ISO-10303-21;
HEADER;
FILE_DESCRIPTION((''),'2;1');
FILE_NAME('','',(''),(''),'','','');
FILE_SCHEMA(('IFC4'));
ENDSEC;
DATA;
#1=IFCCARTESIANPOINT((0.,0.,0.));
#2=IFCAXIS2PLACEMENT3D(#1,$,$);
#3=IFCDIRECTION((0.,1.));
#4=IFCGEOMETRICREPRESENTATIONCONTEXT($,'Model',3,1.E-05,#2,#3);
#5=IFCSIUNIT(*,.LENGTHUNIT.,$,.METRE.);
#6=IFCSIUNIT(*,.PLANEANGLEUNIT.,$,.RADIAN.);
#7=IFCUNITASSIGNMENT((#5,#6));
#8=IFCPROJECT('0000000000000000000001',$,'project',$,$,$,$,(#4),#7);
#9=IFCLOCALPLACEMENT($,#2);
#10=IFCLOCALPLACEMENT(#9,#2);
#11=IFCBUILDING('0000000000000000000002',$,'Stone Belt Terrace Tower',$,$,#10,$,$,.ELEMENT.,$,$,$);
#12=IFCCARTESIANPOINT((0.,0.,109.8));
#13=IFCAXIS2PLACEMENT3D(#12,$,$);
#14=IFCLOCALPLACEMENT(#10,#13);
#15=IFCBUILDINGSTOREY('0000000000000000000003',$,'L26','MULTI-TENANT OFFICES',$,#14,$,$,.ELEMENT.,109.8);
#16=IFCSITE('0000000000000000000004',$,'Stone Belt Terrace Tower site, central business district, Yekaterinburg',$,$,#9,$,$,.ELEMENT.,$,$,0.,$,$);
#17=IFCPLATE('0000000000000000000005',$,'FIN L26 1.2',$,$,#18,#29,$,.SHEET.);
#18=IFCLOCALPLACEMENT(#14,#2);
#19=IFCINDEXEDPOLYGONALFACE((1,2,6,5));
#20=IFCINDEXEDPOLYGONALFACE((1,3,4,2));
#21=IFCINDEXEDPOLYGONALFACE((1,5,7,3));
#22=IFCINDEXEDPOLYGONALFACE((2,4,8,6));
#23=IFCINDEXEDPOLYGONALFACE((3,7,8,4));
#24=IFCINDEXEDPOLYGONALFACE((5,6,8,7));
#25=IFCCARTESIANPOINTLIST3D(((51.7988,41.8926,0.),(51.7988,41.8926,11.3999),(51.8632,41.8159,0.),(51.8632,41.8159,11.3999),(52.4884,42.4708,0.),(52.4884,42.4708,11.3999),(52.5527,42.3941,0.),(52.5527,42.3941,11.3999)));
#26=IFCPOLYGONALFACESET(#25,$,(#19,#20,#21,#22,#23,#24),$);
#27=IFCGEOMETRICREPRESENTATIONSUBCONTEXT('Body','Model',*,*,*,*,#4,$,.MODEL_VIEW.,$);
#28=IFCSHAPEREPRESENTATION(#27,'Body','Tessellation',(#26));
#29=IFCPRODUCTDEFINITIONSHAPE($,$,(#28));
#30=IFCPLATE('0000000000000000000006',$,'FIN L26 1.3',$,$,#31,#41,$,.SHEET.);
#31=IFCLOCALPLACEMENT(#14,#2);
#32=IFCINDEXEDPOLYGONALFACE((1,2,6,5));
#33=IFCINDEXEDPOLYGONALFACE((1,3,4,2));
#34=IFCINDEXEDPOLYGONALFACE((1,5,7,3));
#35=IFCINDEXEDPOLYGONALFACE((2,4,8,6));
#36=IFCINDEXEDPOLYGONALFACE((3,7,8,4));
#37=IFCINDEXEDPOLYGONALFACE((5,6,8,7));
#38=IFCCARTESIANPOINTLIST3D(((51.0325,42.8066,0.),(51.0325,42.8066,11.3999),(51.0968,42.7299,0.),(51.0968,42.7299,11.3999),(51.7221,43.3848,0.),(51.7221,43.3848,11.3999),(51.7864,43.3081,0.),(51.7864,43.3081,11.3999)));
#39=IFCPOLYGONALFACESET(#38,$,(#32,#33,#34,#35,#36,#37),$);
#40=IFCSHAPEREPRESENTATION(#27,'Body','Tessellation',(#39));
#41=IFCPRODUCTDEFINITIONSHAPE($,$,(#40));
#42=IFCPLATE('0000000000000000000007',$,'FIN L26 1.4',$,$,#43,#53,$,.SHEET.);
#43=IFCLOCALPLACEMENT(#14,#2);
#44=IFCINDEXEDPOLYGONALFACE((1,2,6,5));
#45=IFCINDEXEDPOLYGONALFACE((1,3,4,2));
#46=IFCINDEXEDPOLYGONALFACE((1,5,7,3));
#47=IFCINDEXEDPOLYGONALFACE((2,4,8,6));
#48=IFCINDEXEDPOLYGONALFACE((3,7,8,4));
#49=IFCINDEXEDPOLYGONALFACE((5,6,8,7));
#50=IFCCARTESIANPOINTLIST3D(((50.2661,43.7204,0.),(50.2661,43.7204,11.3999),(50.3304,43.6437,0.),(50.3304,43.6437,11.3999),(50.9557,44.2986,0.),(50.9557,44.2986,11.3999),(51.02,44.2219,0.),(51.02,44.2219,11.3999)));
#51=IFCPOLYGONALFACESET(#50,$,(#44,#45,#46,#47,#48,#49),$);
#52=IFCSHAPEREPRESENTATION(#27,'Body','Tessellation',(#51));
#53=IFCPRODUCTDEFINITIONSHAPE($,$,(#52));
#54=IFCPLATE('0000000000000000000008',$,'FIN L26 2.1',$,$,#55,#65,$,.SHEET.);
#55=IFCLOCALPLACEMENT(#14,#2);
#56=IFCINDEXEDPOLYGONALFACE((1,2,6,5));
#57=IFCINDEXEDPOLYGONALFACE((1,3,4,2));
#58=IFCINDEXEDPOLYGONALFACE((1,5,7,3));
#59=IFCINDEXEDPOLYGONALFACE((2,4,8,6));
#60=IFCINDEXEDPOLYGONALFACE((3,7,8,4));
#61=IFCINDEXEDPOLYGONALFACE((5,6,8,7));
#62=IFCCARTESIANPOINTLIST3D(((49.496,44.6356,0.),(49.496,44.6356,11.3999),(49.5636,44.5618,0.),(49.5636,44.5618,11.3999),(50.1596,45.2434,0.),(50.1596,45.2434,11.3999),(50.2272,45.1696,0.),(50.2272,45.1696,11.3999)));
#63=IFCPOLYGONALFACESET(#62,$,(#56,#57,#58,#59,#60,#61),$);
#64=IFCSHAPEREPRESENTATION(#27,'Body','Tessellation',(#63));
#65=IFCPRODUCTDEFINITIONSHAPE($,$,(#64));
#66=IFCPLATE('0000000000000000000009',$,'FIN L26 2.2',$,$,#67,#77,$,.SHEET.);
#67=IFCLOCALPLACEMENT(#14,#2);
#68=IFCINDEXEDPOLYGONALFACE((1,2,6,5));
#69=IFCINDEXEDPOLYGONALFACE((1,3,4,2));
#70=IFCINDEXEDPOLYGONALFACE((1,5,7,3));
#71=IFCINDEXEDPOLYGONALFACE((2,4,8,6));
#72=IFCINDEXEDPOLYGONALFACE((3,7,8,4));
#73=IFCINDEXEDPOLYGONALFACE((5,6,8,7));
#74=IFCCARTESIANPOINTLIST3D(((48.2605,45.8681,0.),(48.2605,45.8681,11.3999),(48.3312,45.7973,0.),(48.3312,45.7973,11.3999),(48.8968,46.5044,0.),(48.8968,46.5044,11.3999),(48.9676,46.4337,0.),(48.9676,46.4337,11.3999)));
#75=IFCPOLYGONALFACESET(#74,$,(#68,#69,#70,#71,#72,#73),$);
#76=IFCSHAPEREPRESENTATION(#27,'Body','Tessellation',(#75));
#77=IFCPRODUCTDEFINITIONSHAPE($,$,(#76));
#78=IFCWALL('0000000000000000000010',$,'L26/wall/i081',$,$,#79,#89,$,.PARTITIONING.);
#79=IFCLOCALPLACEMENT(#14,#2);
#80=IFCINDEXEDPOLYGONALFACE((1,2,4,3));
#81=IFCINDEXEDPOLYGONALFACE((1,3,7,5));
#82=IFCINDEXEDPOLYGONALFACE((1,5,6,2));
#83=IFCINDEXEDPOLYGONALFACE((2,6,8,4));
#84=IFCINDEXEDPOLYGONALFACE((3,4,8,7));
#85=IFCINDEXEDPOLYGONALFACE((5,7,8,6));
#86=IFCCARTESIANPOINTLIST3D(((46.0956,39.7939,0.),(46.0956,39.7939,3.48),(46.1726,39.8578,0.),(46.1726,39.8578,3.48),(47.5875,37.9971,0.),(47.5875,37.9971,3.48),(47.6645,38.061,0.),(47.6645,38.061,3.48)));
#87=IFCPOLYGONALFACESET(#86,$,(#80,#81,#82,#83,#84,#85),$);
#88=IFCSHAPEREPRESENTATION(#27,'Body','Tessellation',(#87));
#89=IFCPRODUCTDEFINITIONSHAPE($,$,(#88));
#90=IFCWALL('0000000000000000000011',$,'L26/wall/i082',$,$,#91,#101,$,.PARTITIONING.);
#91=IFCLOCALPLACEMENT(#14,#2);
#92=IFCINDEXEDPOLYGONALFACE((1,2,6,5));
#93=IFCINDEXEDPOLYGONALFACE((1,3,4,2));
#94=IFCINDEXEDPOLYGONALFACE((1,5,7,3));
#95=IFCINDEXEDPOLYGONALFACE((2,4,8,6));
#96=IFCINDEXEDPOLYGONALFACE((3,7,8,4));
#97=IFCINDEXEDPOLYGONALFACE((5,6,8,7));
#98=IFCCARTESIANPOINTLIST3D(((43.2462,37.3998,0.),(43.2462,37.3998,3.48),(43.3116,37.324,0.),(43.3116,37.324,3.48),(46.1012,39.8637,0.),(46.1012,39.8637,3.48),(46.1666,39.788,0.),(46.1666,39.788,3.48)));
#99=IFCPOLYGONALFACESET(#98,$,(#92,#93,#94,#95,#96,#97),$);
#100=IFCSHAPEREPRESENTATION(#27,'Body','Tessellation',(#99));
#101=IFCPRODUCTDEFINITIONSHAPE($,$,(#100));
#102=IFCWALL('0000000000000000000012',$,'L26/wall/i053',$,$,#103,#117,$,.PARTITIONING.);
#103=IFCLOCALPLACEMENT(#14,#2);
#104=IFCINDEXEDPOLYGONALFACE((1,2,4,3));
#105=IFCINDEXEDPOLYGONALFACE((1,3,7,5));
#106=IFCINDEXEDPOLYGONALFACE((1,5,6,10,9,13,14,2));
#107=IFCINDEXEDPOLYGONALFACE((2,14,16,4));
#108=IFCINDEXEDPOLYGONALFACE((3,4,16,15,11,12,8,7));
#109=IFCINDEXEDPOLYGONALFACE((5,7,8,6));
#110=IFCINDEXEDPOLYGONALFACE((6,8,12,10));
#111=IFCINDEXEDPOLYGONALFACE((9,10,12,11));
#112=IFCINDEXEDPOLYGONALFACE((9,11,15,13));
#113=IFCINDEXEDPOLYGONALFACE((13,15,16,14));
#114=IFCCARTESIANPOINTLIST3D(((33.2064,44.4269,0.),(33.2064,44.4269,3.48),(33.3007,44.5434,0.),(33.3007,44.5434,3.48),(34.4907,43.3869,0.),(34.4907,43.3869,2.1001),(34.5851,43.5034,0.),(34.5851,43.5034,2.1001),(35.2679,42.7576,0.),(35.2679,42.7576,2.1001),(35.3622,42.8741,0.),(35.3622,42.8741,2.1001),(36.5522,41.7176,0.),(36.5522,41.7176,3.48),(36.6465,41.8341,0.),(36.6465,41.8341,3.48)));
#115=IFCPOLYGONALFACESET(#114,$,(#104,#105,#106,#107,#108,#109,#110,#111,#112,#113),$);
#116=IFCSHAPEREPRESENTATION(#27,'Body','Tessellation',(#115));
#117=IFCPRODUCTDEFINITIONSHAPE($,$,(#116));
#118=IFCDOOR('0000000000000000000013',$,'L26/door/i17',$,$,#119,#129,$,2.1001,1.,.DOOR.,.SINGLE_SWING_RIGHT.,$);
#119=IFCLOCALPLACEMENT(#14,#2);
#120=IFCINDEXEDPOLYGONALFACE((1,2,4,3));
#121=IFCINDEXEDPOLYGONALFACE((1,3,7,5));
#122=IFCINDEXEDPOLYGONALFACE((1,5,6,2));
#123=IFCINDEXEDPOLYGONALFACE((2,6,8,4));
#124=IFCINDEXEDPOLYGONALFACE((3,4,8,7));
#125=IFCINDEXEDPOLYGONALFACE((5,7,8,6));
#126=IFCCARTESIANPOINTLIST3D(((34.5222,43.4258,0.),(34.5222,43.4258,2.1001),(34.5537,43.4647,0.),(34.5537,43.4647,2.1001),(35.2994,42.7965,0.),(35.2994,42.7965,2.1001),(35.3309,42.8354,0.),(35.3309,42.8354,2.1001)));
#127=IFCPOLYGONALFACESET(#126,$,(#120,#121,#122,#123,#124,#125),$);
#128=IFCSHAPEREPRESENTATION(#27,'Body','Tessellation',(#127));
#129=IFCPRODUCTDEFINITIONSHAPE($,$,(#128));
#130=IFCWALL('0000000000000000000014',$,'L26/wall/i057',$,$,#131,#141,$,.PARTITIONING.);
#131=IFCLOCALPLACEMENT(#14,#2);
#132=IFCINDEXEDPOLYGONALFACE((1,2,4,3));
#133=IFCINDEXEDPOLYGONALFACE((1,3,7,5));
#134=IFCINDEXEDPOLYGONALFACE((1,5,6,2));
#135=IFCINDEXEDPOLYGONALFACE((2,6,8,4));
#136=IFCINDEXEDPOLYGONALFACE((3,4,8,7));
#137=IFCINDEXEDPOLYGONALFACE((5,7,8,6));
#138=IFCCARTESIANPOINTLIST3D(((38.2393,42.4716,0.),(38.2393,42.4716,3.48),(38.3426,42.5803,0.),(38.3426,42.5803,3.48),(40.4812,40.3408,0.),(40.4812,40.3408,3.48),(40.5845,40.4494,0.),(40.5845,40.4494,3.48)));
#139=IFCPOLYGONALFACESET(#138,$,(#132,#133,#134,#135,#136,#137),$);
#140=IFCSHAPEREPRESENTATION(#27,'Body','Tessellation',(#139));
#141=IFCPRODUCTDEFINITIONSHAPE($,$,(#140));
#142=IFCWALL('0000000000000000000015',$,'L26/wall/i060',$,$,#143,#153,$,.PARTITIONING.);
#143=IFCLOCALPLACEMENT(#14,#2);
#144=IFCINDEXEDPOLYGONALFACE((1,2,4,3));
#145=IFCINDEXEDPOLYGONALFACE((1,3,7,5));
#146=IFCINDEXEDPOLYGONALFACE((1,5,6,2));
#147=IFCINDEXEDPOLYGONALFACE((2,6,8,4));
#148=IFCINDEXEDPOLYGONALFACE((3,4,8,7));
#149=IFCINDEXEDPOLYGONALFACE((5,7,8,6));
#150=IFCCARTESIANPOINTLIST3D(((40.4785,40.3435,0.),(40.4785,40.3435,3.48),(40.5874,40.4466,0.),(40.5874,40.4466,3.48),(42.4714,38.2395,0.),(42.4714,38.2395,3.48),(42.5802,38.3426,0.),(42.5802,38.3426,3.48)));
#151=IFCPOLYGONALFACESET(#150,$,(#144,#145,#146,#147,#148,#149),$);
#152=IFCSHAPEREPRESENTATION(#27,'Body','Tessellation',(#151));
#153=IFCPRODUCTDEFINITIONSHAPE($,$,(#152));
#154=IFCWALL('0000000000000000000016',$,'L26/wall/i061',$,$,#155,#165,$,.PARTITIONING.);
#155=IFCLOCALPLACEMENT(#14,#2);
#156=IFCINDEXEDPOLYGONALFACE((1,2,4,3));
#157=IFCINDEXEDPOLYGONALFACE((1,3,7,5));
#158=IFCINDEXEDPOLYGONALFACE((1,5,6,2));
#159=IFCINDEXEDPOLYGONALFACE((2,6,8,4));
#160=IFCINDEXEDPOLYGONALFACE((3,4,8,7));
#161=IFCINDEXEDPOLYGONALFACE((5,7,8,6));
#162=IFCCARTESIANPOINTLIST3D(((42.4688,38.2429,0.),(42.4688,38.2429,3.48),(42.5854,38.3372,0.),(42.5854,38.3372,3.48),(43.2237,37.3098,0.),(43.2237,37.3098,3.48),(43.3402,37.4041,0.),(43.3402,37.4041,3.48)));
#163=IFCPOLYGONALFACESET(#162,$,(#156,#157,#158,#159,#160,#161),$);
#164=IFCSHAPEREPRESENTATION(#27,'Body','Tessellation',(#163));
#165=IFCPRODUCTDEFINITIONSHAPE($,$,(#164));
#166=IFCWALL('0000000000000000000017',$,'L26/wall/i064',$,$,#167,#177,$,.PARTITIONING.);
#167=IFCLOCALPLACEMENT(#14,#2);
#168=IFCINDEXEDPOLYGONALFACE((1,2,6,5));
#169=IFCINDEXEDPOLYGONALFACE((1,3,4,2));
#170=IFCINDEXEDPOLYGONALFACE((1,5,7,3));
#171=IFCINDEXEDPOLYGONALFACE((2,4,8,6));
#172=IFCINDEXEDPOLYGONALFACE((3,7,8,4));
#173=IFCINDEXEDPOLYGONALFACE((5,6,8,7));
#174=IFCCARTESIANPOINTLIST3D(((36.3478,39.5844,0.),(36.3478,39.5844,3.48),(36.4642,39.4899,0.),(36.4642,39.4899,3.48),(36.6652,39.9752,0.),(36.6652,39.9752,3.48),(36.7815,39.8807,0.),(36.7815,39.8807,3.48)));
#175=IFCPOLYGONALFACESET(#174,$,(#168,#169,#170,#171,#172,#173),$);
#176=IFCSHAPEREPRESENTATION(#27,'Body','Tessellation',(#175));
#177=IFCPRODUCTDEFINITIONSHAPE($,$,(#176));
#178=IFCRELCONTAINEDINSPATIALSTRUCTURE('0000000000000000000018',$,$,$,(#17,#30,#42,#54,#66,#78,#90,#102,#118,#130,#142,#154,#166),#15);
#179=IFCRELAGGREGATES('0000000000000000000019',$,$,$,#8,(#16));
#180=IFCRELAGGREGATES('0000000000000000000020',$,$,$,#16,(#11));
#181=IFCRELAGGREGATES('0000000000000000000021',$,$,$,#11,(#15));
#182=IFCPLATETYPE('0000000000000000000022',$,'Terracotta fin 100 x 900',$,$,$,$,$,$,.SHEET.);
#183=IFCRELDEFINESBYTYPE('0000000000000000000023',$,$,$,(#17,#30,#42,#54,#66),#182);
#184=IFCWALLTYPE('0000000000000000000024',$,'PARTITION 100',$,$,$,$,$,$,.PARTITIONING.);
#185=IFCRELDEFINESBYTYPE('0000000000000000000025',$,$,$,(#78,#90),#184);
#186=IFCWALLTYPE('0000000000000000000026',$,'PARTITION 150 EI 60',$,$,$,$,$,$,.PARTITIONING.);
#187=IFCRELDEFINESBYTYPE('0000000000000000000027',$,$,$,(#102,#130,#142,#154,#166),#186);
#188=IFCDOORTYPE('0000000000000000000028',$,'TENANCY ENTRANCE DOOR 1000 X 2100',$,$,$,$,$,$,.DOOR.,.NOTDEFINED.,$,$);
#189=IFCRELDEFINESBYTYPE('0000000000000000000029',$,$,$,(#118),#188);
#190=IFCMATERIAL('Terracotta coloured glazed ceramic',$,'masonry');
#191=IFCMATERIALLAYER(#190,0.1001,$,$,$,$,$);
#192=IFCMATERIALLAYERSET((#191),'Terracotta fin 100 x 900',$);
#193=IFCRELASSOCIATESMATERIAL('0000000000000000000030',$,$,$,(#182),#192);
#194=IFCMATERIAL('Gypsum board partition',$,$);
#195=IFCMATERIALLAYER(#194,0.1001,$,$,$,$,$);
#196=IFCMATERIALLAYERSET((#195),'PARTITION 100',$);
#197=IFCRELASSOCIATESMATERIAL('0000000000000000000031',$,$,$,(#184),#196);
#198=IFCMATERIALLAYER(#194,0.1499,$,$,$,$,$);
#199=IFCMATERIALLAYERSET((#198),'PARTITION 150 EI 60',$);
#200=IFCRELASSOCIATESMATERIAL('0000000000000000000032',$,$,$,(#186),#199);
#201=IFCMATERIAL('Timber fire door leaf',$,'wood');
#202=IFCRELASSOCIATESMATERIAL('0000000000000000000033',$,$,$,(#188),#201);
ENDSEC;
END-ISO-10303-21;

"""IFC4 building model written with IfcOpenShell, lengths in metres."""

from ifc_helpers import new_model, si_unit, direction, frame, frame_2d, origin, origin_2d, place, context, subcontext, project, spatial, rectangle, extrude, material, layer, layer_set, type_object, element, fill, save


model = new_model("IFC4")

# Units and contexts
model_context = context("Model", 3, precision=1e-05, world=origin(), true_north=direction((0.0, 1.0)))
body_context = subcontext(model_context, "Body", "Model", "MODEL_VIEW")
ifc_project = project(units=[si_unit("LENGTHUNIT", "METRE"), si_unit("PLANEANGLEUNIT", "RADIAN")], contexts=[model_context])

# Site, building, storey
site_placement = place(None, origin())
site = spatial("IfcSite", under=ifc_project, at=site_placement, Name="Stone Belt Terrace Tower site, central business district, Yekaterinburg", CompositionType="ELEMENT", RefElevation=0.0)
building_placement = place(site_placement, origin())
building = spatial("IfcBuilding", under=site, at=building_placement, Name="Stone Belt Terrace Tower", CompositionType="ELEMENT")
storey_placement = place(building_placement, frame((0.0, 0.0, 109.8)))
storey = spatial("IfcBuildingStorey", under=building, at=storey_placement, Name="L26", Description="MULTI-TENANT OFFICES", CompositionType="ELEMENT", Elevation=109.8)

# Plates
ifc_material_1 = material(Name="Terracotta coloured glazed ceramic", Category="masonry")
ifc_layer_1 = layer(ifc_material_1, 0.1001)
ifc_layer_set_1 = layer_set([ifc_layer_1], Name="Terracotta fin 100 x 900")
plate_type_1 = type_object("IfcPlateType", Name="Terracotta fin 100 x 900", PredefinedType="SHEET", material=ifc_layer_set_1)
for number, where, z_axis, x_axis, name in (
    (1, (52.1758, 42.1433, 0.0), (0.0, 0.0, 1.0), (0.766278, 0.642509, 0.0), "FIN L26 1.2"),
    (2, (51.4094, 43.0574, 0.0), (0.0, 0.0, 1.0), (0.766278, 0.642509, 0.0), "FIN L26 1.3"),
    (3, (50.6431, 43.9712, 0.0), (0.0, 0.0, 1.0), (0.766278, 0.642509, 0.0), "FIN L26 1.4"),
    (4, (49.8616, 44.9026, 0.0), (0.0, 0.0, 1.0), (0.7374, 0.675456, 0.0), "FIN L26 2.1"),
    (5, (48.614, 46.1509, 0.0), (0.0, 0.0, 1.0), (0.707107, 0.707107, 0.0), "FIN L26 2.2"),
):
    element("IfcPlate", number, at=place(storey_placement, frame(where, z_axis=z_axis, x_axis=x_axis)), inside=storey, type_object=plate_type_1, Name=name, PredefinedType="SHEET", context=body_context, shape_type="SweptSolid", body=[
        extrude(rectangle(XDim=0.8999, YDim=0.1001, at=origin_2d()), origin(), (0.0, 0.0, 1.0), 11.3999),
    ])

# Walls
ifc_material_2 = material(Name="Gypsum board partition")
ifc_layer_2 = layer(ifc_material_2, 0.1001)
ifc_layer_set_2 = layer_set([ifc_layer_2], Name="PARTITION 100")
wall_type_1 = type_object("IfcWallType", Name="PARTITION 100", PredefinedType="PARTITIONING", material=ifc_layer_set_2)
wall_1_placement = place(storey_placement, frame((47.626, 38.0291, 0.0), z_axis=(0.0, 0.0, 1.0), x_axis=(-0.638806, 0.769368, 0.0)))
element("IfcWall", 6, at=wall_1_placement, inside=storey, type_object=wall_type_1, Name="L26/wall/i081", PredefinedType="PARTITIONING", context=body_context, shape_type="SweptSolid", body=[
    extrude(rectangle(XDim=2.3354, YDim=0.1001, at=frame_2d((1.1677, 0.0))), origin(), (0.0, 0.0, 1.0), 3.48),
])
wall_2_placement = place(storey_placement, frame((46.134, 39.8259, 0.0), z_axis=(0.0, 0.0, 1.0), x_axis=(-0.757059, -0.653347, 0.0)))
element("IfcWall", 7, at=wall_2_placement, inside=storey, type_object=wall_type_1, Name="L26/wall/i082", PredefinedType="PARTITIONING", context=body_context, shape_type="SweptSolid", body=[
    extrude(rectangle(XDim=3.7712, YDim=0.1001, at=frame_2d((1.8857, 0.0))), origin(), (0.0, 0.0, 1.0), 3.48),
])

# Wall, opening, door
ifc_layer_3 = layer(ifc_material_2, 0.1499)
ifc_layer_set_3 = layer_set([ifc_layer_3], Name="PARTITION 150 EI 60")
wall_type_2 = type_object("IfcWallType", Name="PARTITION 150 EI 60", PredefinedType="PARTITIONING", material=ifc_layer_set_3)
wall_3_placement = place(storey_placement, frame((36.5994, 41.7759, 0.0), z_axis=(0.0, 0.0, 1.0), x_axis=(-0.777154, 0.629311, 0.0)))
wall_3 = element("IfcWall", 8, at=wall_3_placement, inside=storey, type_object=wall_type_2, Name="L26/wall/i053", PredefinedType="PARTITIONING", context=body_context, shape_type="SweptSolid", body=[
    extrude(rectangle(XDim=4.3052, YDim=0.1499, at=frame_2d((2.1526, 0.0))), origin(), (0.0, 0.0, 1.0), 3.48),
])
opening_1_placement = place(wall_3_placement, frame((1.6526, 0.0, 0.0)))
opening_1 = element("IfcOpeningElement", 9, at=opening_1_placement, cuts=wall_3, PredefinedType="OPENING", context=body_context, shape_type="SweptSolid", body=[
    extrude(rectangle(XDim=1.0, YDim=2.1001, at=frame_2d((0.5, 1.05))), frame((0.0, 0.085, 0.0), z_axis=(0.0, -1.0, 0.0), x_axis=(1.0, 0.0, 0.0)), (0.0, 0.0, 1.0), 0.1699),
])
ifc_material_3 = material(Name="Timber fire door leaf", Category="wood")
door_type_1 = type_object("IfcDoorType", Name="TENANCY ENTRANCE DOOR 1000 X 2100", OperationType="NOTDEFINED", PredefinedType="DOOR", material=ifc_material_3)
door_1_placement = place(opening_1_placement, origin())
door_1 = element("IfcDoor", 10, at=door_1_placement, inside=storey, type_object=door_type_1, Name="L26/door/i17", OperationType="SINGLE_SWING_RIGHT", OverallHeight=2.1001, OverallWidth=1.0, PredefinedType="DOOR", context=body_context, shape_type="SweptSolid", body=[
    extrude(rectangle(XDim=1.0, YDim=2.1001, at=frame_2d((0.5, 1.05))), frame((0.0, 0.0249, 0.0), z_axis=(0.0, -1.0, 0.0), x_axis=(1.0, 0.0, 0.0)), (0.0, 0.0, 1.0), 0.05),
])
fill(opening_1, door_1)

# Walls
wall_4_placement = place(storey_placement, frame((38.291, 42.5259, 0.0), z_axis=(0.0, 0.0, 1.0), x_axis=(0.724836, -0.688922, 0.0)))
element("IfcWall", 11, at=wall_4_placement, inside=storey, type_object=wall_type_2, Name="L26/wall/i057", PredefinedType="PARTITIONING", context=body_context, shape_type="SweptSolid", body=[
    extrude(rectangle(XDim=3.093, YDim=0.1499, at=frame_2d((1.5464, 0.0))), origin(), (0.0, 0.0, 1.0), 3.48),
])
wall_5_placement = place(storey_placement, frame((40.533, 40.395, 0.0), z_axis=(0.0, 0.0, 1.0), x_axis=(0.687682, -0.726012, 0.0)))
element("IfcWall", 12, at=wall_5_placement, inside=storey, type_object=wall_type_2, Name="L26/wall/i060", PredefinedType="PARTITIONING", context=body_context, shape_type="SweptSolid", body=[
    extrude(rectangle(XDim=2.8979, YDim=0.1499, at=frame_2d((1.449, 0.0))), origin(), (0.0, 0.0, 1.0), 3.48),
])
wall_6_placement = place(storey_placement, frame((42.5271, 38.29, 0.0), z_axis=(0.0, 0.0, 1.0), x_axis=(0.628952, -0.777444, 0.0)))
element("IfcWall", 13, at=wall_6_placement, inside=storey, type_object=wall_type_2, Name="L26/wall/i061", PredefinedType="PARTITIONING", context=body_context, shape_type="SweptSolid", body=[
    extrude(rectangle(XDim=1.2002, YDim=0.1499, at=frame_2d((0.6001, 0.0))), origin(), (0.0, 0.0, 1.0), 3.48),
])
wall_7_placement = place(storey_placement, frame((36.406, 39.5371, 0.0), z_axis=(0.0, 0.0, 1.0), x_axis=(0.630355, 0.776307, 0.0)))
element("IfcWall", 14, at=wall_7_placement, inside=storey, type_object=wall_type_2, Name="L26/wall/i064", PredefinedType="PARTITIONING", context=body_context, shape_type="SweptSolid", body=[
    extrude(rectangle(XDim=0.5034, YDim=0.1499, at=frame_2d((0.2517, 0.0))), origin(), (0.0, 0.0, 1.0), 3.48),
])

save(model, "model.ifc")
